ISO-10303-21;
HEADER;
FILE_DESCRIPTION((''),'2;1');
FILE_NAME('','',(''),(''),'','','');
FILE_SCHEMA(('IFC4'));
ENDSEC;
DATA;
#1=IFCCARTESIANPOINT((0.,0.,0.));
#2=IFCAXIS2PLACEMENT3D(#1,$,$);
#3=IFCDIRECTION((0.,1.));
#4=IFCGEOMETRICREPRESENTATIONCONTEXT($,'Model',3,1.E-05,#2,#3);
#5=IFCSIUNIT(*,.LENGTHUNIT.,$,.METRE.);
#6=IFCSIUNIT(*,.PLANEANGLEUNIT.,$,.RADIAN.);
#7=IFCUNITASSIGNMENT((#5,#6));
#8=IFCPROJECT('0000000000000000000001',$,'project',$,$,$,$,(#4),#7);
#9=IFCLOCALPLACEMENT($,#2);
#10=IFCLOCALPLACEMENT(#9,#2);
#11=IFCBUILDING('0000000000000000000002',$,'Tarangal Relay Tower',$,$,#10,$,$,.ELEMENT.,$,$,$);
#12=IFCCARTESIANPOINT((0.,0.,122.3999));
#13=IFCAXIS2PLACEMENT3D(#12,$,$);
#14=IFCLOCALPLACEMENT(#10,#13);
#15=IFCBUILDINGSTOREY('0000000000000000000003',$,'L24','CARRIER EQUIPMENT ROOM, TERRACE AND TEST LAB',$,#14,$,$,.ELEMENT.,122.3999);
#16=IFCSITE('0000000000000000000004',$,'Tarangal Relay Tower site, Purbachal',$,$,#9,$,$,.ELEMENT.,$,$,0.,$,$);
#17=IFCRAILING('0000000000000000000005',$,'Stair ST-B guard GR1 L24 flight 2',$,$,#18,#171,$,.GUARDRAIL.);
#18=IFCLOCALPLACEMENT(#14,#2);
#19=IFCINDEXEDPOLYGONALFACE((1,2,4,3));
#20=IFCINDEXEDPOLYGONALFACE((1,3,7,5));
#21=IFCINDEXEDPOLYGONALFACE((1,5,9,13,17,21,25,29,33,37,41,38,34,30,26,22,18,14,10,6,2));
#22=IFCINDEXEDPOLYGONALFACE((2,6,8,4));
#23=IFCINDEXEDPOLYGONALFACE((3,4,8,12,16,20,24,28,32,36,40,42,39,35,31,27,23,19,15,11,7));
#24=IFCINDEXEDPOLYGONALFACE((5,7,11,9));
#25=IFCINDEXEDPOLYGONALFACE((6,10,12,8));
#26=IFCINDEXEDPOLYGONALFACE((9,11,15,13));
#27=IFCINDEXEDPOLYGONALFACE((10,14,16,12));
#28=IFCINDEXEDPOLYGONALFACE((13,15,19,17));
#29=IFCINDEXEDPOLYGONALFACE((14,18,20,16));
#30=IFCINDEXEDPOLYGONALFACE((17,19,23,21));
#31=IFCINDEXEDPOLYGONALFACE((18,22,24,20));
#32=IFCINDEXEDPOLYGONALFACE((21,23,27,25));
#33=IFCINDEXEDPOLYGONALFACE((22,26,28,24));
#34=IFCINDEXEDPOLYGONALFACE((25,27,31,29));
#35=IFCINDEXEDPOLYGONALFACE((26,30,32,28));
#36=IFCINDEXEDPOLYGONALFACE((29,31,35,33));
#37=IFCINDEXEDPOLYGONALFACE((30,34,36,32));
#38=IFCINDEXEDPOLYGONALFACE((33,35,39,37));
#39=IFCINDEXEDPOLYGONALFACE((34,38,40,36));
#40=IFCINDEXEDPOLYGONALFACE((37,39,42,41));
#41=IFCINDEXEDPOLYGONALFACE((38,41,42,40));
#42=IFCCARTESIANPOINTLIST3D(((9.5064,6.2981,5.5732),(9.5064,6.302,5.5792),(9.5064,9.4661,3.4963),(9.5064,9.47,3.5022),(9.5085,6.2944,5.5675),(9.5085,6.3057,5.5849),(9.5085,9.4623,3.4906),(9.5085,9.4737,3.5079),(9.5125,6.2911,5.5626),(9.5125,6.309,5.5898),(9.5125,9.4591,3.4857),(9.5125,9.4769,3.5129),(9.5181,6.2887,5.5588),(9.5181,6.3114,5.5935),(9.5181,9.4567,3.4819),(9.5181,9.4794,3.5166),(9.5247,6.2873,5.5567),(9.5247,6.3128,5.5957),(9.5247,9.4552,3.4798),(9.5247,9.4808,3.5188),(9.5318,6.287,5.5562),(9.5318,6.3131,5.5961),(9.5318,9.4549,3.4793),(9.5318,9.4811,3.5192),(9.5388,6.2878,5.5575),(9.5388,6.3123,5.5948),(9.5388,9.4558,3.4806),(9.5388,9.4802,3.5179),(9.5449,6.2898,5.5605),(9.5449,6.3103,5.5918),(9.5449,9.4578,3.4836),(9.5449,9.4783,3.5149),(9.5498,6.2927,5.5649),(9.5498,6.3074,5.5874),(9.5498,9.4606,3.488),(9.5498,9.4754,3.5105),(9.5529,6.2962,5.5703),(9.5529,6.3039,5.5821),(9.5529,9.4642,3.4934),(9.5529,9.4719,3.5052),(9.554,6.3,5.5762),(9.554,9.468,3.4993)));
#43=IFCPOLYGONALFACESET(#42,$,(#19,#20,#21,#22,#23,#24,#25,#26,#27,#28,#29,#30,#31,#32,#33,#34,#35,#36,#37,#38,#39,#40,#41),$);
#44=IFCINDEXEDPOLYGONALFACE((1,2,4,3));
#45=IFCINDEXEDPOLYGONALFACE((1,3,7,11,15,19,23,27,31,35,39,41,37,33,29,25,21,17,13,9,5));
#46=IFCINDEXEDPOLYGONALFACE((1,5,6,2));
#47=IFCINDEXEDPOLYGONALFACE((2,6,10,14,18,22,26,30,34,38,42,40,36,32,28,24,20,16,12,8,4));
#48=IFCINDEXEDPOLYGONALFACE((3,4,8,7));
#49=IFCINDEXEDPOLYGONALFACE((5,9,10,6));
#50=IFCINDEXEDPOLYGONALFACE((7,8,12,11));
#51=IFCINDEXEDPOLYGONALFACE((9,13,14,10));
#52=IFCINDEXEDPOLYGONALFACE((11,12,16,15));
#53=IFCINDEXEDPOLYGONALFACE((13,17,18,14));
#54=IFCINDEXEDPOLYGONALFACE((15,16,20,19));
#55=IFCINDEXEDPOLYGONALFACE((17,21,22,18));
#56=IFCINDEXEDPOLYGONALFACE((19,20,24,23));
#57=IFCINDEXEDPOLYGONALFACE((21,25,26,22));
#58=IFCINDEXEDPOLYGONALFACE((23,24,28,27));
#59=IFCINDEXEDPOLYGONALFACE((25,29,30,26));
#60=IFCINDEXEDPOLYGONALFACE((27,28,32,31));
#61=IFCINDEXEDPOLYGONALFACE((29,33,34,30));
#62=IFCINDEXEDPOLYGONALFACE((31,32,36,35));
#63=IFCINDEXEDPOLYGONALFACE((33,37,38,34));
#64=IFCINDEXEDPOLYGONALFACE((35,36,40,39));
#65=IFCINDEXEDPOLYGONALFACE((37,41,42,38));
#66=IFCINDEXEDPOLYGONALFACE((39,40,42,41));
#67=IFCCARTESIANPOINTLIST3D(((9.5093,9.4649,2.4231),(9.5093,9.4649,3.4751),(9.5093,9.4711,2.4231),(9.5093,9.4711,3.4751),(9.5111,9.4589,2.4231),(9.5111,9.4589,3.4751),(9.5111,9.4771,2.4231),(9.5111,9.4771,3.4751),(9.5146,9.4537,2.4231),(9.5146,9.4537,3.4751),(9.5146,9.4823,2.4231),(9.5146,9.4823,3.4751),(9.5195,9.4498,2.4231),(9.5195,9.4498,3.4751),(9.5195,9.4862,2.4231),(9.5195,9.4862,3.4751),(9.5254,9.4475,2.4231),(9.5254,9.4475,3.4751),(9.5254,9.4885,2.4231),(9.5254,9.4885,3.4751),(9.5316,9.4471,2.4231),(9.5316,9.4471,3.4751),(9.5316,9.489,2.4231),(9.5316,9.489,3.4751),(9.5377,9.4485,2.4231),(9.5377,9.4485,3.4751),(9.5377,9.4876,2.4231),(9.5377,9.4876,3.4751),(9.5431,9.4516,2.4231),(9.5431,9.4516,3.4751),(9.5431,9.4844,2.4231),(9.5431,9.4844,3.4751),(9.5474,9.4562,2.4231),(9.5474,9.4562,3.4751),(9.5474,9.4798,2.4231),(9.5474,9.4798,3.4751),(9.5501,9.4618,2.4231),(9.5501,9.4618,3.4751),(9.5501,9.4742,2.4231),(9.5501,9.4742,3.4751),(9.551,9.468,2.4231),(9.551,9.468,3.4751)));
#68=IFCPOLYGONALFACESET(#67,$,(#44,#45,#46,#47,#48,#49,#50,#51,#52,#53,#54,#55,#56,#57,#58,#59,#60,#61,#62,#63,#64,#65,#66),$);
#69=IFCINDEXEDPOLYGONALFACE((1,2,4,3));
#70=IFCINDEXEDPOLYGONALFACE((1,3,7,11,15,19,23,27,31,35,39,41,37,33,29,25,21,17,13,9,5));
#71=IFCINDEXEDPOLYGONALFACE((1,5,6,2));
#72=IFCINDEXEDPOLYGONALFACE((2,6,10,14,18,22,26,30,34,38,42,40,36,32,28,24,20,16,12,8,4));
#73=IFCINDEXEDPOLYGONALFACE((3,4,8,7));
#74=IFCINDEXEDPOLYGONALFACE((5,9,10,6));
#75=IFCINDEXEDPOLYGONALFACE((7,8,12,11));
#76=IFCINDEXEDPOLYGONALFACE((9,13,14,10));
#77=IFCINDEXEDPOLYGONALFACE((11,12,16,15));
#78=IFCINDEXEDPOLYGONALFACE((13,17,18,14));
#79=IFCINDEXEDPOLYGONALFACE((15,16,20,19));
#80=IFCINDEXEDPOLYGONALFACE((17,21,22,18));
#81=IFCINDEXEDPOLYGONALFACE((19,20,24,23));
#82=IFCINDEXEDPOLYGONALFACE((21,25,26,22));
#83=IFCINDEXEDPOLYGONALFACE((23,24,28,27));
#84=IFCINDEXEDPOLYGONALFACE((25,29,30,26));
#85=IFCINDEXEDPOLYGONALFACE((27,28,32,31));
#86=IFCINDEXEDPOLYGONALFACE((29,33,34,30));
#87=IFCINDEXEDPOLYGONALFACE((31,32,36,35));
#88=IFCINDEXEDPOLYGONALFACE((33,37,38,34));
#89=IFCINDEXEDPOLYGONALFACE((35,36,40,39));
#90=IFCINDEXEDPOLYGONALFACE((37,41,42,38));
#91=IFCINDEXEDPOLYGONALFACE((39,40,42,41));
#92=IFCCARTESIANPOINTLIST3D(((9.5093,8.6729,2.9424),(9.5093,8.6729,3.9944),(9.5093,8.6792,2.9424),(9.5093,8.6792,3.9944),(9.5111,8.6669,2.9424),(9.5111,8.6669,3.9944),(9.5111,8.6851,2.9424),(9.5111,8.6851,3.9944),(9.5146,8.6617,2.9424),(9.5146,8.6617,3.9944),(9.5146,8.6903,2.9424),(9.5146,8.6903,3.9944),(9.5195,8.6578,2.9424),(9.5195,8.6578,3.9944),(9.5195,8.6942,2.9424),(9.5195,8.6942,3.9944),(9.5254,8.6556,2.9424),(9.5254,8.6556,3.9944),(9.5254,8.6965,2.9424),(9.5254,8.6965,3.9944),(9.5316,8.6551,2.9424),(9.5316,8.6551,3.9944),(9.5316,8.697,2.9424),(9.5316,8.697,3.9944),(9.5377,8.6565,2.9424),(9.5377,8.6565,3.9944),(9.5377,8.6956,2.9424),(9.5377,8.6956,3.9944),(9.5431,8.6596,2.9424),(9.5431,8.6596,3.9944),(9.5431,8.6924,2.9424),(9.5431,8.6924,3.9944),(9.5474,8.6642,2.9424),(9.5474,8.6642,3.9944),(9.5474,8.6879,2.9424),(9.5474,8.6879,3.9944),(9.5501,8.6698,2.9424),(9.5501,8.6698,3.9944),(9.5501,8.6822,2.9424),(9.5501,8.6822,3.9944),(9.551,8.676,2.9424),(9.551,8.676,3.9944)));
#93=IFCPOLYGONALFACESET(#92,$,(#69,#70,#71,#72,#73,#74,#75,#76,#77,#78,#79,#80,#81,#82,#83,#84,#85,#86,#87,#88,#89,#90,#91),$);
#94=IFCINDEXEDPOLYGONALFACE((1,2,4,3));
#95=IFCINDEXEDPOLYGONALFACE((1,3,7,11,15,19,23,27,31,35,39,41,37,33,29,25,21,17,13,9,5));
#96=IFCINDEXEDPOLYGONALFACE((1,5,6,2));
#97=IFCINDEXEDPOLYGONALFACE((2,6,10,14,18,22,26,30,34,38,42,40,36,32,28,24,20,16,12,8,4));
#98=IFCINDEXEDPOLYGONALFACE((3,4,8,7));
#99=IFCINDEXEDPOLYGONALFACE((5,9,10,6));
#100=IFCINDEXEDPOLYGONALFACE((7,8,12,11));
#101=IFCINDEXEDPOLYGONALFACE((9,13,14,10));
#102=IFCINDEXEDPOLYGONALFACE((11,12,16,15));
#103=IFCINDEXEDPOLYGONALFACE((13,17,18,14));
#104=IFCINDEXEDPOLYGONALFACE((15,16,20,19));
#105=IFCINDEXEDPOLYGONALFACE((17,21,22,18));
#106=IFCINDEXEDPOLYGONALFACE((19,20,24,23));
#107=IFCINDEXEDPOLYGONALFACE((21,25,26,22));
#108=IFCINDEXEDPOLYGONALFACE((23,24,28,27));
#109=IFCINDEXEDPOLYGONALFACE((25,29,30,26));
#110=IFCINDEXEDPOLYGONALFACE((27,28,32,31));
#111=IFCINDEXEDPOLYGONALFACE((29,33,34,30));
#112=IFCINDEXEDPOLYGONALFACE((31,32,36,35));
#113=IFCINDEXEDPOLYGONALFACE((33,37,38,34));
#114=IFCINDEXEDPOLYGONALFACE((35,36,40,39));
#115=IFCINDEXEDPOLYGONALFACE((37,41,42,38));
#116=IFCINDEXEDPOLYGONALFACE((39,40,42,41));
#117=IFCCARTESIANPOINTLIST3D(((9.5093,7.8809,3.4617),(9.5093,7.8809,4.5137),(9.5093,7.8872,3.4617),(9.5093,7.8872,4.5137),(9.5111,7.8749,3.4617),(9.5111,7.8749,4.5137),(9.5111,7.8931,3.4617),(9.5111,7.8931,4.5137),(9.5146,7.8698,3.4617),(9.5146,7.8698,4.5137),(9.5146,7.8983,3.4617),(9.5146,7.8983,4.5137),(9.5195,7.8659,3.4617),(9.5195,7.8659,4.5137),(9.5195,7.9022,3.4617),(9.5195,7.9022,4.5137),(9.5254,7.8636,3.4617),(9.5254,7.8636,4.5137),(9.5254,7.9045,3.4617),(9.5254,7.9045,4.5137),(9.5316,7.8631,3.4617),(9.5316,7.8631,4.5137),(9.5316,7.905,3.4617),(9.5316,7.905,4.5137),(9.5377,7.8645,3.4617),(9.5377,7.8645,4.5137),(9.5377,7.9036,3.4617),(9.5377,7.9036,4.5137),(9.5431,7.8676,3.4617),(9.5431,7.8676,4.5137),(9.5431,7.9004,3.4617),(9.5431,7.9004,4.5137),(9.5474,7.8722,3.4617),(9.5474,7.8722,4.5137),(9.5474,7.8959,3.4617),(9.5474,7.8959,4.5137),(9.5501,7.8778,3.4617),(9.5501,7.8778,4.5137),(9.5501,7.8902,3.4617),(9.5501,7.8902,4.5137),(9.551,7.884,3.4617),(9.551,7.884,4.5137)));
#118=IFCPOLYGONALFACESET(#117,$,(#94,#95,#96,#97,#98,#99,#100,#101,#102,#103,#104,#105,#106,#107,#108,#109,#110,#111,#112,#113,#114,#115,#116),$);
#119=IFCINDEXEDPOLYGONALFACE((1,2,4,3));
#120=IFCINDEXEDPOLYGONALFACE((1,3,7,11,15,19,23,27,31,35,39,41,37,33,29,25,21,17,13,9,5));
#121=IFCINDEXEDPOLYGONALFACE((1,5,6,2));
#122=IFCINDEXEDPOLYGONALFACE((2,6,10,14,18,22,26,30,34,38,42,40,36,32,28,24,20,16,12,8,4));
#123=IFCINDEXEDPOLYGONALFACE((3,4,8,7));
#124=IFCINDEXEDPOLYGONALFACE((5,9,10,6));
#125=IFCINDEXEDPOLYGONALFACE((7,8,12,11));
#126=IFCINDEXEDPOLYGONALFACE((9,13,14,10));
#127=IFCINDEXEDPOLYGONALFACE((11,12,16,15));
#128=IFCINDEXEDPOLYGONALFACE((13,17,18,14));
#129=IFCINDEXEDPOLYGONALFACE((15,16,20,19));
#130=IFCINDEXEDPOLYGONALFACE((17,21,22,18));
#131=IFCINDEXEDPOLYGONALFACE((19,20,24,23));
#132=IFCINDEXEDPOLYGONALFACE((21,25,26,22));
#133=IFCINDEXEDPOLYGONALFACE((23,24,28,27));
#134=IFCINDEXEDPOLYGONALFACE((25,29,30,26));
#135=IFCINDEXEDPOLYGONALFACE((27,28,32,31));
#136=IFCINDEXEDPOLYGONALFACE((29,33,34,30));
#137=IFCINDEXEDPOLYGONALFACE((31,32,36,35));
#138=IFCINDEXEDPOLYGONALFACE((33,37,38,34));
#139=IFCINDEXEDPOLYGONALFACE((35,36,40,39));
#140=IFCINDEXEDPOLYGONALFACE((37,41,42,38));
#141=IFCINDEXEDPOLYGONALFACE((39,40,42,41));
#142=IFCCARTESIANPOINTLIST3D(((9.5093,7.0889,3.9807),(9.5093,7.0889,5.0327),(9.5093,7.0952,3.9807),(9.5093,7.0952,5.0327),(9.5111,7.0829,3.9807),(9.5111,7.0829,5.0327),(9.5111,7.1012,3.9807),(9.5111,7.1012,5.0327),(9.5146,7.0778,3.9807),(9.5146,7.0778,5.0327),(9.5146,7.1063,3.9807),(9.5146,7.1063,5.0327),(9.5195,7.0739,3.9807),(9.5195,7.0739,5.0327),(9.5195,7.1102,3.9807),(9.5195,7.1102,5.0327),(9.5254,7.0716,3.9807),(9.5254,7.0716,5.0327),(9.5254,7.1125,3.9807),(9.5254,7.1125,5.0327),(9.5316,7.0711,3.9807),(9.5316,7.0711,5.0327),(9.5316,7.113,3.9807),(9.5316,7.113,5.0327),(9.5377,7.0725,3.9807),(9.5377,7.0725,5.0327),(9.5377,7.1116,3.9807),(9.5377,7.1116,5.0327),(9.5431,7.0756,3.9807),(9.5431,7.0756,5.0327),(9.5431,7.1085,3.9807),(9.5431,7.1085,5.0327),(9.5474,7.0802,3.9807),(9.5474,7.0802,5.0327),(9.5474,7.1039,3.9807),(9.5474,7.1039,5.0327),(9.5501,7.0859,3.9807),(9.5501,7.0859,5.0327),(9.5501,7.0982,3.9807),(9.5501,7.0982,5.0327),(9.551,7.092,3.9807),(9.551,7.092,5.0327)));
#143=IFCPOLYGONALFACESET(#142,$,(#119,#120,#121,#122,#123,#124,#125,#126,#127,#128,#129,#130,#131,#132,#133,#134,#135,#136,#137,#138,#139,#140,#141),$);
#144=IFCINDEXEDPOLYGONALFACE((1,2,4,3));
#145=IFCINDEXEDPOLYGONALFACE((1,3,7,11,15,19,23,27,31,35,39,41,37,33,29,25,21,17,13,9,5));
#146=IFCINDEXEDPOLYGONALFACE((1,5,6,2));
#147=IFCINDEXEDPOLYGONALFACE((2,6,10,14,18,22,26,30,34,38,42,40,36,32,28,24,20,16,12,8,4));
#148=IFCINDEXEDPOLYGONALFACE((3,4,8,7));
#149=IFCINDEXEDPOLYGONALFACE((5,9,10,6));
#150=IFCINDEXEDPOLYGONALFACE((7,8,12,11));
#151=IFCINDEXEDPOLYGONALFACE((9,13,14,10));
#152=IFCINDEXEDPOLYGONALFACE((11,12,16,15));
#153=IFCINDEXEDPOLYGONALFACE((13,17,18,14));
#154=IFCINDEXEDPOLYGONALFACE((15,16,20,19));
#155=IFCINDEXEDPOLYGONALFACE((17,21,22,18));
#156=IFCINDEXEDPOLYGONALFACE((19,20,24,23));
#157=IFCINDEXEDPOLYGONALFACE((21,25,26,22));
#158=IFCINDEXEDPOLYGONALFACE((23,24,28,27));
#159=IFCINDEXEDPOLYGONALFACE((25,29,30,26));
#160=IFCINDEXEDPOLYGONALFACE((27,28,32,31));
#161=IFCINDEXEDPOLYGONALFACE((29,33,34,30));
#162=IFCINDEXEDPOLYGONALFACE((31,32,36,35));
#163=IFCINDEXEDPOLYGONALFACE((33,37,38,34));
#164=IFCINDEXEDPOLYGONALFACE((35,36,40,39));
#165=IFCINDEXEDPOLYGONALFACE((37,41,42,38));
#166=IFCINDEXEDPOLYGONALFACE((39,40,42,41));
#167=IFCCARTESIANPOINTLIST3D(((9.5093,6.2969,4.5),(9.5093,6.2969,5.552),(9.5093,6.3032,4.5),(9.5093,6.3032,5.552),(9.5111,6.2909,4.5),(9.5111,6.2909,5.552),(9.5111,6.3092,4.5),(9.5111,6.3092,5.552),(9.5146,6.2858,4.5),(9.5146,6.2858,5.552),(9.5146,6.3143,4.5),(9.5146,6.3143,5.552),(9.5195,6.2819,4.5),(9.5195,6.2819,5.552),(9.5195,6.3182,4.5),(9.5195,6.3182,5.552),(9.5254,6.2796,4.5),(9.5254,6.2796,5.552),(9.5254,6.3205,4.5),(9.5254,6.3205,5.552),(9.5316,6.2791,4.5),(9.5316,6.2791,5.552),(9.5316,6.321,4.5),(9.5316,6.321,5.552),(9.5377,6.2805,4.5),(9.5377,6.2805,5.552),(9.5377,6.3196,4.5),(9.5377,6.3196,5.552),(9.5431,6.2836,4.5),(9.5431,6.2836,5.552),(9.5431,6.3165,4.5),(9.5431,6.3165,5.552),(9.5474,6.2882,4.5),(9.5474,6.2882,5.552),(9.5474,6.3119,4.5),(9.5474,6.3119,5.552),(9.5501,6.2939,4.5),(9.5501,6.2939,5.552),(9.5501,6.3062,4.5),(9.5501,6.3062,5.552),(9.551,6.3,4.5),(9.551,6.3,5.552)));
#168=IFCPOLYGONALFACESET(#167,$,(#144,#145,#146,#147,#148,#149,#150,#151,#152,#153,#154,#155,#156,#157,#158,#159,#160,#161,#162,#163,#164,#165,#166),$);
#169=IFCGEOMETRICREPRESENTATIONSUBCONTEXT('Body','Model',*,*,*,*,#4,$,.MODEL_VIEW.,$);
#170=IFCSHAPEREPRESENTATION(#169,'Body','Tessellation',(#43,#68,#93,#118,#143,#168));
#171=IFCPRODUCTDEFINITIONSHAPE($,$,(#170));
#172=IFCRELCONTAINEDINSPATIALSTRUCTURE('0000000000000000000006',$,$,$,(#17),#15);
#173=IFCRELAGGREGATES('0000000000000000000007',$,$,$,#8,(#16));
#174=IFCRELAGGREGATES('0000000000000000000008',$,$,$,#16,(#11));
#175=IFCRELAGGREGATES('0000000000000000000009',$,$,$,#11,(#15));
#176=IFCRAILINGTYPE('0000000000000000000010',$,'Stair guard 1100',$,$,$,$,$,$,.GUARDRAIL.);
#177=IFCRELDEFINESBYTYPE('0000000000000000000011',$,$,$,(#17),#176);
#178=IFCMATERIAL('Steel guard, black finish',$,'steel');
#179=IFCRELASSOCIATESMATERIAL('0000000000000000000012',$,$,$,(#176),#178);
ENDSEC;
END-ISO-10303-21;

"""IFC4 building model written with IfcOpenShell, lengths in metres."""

from ifc_helpers import new_model, si_unit, direction, frame, origin, origin_2d, place, context, subcontext, project, spatial, circle, extrude, material, type_object, element, save


model = new_model("IFC4")

# Units and contexts
model_context = context("Model", 3, precision=1e-05, world=origin(), true_north=direction((0.0, 1.0)))
body_context = subcontext(model_context, "Body", "Model", "MODEL_VIEW")
ifc_project = project(units=[si_unit("LENGTHUNIT", "METRE"), si_unit("PLANEANGLEUNIT", "RADIAN")], contexts=[model_context])

# Site, building, storey
site_placement = place(None, origin())
site = spatial("IfcSite", under=ifc_project, at=site_placement, Name="Tarangal Relay Tower site, Purbachal", CompositionType="ELEMENT", RefElevation=0.0)
building_placement = place(site_placement, origin())
building = spatial("IfcBuilding", under=site, at=building_placement, Name="Tarangal Relay Tower", CompositionType="ELEMENT")
storey_placement = place(building_placement, frame((0.0, 0.0, 122.3999)))
storey = spatial("IfcBuildingStorey", under=building, at=storey_placement, Name="L24", Description="CARRIER EQUIPMENT ROOM, TERRACE AND TEST LAB", CompositionType="ELEMENT", Elevation=122.3999)

# Railing
ifc_material_1 = material(Name="Steel guard, black finish", Category="steel")
railing_type_1 = type_object("IfcRailingType", Name="Stair guard 1100", PredefinedType="GUARDRAIL", material=ifc_material_1)
railing_1_placement = place(storey_placement, frame((9.53, 9.468, 2.4231)))
element("IfcRailing", 1, at=railing_1_placement, inside=storey, type_object=railing_type_1, Name="Stair ST-B guard GR1 L24 flight 2", PredefinedType="GUARDRAIL", context=body_context, shape_type="SweptSolid", body=[
    extrude(circle(Radius=0.0239, at=origin_2d()), frame((0.0, 0.0, 1.0762), z_axis=(0.0, -0.836299, 0.548273), x_axis=(1.0, 0.0, 0.0)), (0.0, 0.0, 1.0), 3.7881),
    extrude(circle(Radius=0.021, at=origin_2d()), origin(), (0.0, 0.0, 1.0), 1.052),
    extrude(circle(Radius=0.021, at=origin_2d()), frame((0.0, -0.792, 0.5193)), (0.0, 0.0, 1.0), 1.052),
    extrude(circle(Radius=0.021, at=origin_2d()), frame((0.0, -1.584, 1.0386)), (0.0, 0.0, 1.0), 1.052),
    extrude(circle(Radius=0.021, at=origin_2d()), frame((0.0, -2.376, 1.5576)), (0.0, 0.0, 1.0), 1.052),
    extrude(circle(Radius=0.021, at=origin_2d()), frame((0.0, -3.168, 2.0769)), (0.0, 0.0, 1.0), 1.052),
])

save(model, "model.ifc")
